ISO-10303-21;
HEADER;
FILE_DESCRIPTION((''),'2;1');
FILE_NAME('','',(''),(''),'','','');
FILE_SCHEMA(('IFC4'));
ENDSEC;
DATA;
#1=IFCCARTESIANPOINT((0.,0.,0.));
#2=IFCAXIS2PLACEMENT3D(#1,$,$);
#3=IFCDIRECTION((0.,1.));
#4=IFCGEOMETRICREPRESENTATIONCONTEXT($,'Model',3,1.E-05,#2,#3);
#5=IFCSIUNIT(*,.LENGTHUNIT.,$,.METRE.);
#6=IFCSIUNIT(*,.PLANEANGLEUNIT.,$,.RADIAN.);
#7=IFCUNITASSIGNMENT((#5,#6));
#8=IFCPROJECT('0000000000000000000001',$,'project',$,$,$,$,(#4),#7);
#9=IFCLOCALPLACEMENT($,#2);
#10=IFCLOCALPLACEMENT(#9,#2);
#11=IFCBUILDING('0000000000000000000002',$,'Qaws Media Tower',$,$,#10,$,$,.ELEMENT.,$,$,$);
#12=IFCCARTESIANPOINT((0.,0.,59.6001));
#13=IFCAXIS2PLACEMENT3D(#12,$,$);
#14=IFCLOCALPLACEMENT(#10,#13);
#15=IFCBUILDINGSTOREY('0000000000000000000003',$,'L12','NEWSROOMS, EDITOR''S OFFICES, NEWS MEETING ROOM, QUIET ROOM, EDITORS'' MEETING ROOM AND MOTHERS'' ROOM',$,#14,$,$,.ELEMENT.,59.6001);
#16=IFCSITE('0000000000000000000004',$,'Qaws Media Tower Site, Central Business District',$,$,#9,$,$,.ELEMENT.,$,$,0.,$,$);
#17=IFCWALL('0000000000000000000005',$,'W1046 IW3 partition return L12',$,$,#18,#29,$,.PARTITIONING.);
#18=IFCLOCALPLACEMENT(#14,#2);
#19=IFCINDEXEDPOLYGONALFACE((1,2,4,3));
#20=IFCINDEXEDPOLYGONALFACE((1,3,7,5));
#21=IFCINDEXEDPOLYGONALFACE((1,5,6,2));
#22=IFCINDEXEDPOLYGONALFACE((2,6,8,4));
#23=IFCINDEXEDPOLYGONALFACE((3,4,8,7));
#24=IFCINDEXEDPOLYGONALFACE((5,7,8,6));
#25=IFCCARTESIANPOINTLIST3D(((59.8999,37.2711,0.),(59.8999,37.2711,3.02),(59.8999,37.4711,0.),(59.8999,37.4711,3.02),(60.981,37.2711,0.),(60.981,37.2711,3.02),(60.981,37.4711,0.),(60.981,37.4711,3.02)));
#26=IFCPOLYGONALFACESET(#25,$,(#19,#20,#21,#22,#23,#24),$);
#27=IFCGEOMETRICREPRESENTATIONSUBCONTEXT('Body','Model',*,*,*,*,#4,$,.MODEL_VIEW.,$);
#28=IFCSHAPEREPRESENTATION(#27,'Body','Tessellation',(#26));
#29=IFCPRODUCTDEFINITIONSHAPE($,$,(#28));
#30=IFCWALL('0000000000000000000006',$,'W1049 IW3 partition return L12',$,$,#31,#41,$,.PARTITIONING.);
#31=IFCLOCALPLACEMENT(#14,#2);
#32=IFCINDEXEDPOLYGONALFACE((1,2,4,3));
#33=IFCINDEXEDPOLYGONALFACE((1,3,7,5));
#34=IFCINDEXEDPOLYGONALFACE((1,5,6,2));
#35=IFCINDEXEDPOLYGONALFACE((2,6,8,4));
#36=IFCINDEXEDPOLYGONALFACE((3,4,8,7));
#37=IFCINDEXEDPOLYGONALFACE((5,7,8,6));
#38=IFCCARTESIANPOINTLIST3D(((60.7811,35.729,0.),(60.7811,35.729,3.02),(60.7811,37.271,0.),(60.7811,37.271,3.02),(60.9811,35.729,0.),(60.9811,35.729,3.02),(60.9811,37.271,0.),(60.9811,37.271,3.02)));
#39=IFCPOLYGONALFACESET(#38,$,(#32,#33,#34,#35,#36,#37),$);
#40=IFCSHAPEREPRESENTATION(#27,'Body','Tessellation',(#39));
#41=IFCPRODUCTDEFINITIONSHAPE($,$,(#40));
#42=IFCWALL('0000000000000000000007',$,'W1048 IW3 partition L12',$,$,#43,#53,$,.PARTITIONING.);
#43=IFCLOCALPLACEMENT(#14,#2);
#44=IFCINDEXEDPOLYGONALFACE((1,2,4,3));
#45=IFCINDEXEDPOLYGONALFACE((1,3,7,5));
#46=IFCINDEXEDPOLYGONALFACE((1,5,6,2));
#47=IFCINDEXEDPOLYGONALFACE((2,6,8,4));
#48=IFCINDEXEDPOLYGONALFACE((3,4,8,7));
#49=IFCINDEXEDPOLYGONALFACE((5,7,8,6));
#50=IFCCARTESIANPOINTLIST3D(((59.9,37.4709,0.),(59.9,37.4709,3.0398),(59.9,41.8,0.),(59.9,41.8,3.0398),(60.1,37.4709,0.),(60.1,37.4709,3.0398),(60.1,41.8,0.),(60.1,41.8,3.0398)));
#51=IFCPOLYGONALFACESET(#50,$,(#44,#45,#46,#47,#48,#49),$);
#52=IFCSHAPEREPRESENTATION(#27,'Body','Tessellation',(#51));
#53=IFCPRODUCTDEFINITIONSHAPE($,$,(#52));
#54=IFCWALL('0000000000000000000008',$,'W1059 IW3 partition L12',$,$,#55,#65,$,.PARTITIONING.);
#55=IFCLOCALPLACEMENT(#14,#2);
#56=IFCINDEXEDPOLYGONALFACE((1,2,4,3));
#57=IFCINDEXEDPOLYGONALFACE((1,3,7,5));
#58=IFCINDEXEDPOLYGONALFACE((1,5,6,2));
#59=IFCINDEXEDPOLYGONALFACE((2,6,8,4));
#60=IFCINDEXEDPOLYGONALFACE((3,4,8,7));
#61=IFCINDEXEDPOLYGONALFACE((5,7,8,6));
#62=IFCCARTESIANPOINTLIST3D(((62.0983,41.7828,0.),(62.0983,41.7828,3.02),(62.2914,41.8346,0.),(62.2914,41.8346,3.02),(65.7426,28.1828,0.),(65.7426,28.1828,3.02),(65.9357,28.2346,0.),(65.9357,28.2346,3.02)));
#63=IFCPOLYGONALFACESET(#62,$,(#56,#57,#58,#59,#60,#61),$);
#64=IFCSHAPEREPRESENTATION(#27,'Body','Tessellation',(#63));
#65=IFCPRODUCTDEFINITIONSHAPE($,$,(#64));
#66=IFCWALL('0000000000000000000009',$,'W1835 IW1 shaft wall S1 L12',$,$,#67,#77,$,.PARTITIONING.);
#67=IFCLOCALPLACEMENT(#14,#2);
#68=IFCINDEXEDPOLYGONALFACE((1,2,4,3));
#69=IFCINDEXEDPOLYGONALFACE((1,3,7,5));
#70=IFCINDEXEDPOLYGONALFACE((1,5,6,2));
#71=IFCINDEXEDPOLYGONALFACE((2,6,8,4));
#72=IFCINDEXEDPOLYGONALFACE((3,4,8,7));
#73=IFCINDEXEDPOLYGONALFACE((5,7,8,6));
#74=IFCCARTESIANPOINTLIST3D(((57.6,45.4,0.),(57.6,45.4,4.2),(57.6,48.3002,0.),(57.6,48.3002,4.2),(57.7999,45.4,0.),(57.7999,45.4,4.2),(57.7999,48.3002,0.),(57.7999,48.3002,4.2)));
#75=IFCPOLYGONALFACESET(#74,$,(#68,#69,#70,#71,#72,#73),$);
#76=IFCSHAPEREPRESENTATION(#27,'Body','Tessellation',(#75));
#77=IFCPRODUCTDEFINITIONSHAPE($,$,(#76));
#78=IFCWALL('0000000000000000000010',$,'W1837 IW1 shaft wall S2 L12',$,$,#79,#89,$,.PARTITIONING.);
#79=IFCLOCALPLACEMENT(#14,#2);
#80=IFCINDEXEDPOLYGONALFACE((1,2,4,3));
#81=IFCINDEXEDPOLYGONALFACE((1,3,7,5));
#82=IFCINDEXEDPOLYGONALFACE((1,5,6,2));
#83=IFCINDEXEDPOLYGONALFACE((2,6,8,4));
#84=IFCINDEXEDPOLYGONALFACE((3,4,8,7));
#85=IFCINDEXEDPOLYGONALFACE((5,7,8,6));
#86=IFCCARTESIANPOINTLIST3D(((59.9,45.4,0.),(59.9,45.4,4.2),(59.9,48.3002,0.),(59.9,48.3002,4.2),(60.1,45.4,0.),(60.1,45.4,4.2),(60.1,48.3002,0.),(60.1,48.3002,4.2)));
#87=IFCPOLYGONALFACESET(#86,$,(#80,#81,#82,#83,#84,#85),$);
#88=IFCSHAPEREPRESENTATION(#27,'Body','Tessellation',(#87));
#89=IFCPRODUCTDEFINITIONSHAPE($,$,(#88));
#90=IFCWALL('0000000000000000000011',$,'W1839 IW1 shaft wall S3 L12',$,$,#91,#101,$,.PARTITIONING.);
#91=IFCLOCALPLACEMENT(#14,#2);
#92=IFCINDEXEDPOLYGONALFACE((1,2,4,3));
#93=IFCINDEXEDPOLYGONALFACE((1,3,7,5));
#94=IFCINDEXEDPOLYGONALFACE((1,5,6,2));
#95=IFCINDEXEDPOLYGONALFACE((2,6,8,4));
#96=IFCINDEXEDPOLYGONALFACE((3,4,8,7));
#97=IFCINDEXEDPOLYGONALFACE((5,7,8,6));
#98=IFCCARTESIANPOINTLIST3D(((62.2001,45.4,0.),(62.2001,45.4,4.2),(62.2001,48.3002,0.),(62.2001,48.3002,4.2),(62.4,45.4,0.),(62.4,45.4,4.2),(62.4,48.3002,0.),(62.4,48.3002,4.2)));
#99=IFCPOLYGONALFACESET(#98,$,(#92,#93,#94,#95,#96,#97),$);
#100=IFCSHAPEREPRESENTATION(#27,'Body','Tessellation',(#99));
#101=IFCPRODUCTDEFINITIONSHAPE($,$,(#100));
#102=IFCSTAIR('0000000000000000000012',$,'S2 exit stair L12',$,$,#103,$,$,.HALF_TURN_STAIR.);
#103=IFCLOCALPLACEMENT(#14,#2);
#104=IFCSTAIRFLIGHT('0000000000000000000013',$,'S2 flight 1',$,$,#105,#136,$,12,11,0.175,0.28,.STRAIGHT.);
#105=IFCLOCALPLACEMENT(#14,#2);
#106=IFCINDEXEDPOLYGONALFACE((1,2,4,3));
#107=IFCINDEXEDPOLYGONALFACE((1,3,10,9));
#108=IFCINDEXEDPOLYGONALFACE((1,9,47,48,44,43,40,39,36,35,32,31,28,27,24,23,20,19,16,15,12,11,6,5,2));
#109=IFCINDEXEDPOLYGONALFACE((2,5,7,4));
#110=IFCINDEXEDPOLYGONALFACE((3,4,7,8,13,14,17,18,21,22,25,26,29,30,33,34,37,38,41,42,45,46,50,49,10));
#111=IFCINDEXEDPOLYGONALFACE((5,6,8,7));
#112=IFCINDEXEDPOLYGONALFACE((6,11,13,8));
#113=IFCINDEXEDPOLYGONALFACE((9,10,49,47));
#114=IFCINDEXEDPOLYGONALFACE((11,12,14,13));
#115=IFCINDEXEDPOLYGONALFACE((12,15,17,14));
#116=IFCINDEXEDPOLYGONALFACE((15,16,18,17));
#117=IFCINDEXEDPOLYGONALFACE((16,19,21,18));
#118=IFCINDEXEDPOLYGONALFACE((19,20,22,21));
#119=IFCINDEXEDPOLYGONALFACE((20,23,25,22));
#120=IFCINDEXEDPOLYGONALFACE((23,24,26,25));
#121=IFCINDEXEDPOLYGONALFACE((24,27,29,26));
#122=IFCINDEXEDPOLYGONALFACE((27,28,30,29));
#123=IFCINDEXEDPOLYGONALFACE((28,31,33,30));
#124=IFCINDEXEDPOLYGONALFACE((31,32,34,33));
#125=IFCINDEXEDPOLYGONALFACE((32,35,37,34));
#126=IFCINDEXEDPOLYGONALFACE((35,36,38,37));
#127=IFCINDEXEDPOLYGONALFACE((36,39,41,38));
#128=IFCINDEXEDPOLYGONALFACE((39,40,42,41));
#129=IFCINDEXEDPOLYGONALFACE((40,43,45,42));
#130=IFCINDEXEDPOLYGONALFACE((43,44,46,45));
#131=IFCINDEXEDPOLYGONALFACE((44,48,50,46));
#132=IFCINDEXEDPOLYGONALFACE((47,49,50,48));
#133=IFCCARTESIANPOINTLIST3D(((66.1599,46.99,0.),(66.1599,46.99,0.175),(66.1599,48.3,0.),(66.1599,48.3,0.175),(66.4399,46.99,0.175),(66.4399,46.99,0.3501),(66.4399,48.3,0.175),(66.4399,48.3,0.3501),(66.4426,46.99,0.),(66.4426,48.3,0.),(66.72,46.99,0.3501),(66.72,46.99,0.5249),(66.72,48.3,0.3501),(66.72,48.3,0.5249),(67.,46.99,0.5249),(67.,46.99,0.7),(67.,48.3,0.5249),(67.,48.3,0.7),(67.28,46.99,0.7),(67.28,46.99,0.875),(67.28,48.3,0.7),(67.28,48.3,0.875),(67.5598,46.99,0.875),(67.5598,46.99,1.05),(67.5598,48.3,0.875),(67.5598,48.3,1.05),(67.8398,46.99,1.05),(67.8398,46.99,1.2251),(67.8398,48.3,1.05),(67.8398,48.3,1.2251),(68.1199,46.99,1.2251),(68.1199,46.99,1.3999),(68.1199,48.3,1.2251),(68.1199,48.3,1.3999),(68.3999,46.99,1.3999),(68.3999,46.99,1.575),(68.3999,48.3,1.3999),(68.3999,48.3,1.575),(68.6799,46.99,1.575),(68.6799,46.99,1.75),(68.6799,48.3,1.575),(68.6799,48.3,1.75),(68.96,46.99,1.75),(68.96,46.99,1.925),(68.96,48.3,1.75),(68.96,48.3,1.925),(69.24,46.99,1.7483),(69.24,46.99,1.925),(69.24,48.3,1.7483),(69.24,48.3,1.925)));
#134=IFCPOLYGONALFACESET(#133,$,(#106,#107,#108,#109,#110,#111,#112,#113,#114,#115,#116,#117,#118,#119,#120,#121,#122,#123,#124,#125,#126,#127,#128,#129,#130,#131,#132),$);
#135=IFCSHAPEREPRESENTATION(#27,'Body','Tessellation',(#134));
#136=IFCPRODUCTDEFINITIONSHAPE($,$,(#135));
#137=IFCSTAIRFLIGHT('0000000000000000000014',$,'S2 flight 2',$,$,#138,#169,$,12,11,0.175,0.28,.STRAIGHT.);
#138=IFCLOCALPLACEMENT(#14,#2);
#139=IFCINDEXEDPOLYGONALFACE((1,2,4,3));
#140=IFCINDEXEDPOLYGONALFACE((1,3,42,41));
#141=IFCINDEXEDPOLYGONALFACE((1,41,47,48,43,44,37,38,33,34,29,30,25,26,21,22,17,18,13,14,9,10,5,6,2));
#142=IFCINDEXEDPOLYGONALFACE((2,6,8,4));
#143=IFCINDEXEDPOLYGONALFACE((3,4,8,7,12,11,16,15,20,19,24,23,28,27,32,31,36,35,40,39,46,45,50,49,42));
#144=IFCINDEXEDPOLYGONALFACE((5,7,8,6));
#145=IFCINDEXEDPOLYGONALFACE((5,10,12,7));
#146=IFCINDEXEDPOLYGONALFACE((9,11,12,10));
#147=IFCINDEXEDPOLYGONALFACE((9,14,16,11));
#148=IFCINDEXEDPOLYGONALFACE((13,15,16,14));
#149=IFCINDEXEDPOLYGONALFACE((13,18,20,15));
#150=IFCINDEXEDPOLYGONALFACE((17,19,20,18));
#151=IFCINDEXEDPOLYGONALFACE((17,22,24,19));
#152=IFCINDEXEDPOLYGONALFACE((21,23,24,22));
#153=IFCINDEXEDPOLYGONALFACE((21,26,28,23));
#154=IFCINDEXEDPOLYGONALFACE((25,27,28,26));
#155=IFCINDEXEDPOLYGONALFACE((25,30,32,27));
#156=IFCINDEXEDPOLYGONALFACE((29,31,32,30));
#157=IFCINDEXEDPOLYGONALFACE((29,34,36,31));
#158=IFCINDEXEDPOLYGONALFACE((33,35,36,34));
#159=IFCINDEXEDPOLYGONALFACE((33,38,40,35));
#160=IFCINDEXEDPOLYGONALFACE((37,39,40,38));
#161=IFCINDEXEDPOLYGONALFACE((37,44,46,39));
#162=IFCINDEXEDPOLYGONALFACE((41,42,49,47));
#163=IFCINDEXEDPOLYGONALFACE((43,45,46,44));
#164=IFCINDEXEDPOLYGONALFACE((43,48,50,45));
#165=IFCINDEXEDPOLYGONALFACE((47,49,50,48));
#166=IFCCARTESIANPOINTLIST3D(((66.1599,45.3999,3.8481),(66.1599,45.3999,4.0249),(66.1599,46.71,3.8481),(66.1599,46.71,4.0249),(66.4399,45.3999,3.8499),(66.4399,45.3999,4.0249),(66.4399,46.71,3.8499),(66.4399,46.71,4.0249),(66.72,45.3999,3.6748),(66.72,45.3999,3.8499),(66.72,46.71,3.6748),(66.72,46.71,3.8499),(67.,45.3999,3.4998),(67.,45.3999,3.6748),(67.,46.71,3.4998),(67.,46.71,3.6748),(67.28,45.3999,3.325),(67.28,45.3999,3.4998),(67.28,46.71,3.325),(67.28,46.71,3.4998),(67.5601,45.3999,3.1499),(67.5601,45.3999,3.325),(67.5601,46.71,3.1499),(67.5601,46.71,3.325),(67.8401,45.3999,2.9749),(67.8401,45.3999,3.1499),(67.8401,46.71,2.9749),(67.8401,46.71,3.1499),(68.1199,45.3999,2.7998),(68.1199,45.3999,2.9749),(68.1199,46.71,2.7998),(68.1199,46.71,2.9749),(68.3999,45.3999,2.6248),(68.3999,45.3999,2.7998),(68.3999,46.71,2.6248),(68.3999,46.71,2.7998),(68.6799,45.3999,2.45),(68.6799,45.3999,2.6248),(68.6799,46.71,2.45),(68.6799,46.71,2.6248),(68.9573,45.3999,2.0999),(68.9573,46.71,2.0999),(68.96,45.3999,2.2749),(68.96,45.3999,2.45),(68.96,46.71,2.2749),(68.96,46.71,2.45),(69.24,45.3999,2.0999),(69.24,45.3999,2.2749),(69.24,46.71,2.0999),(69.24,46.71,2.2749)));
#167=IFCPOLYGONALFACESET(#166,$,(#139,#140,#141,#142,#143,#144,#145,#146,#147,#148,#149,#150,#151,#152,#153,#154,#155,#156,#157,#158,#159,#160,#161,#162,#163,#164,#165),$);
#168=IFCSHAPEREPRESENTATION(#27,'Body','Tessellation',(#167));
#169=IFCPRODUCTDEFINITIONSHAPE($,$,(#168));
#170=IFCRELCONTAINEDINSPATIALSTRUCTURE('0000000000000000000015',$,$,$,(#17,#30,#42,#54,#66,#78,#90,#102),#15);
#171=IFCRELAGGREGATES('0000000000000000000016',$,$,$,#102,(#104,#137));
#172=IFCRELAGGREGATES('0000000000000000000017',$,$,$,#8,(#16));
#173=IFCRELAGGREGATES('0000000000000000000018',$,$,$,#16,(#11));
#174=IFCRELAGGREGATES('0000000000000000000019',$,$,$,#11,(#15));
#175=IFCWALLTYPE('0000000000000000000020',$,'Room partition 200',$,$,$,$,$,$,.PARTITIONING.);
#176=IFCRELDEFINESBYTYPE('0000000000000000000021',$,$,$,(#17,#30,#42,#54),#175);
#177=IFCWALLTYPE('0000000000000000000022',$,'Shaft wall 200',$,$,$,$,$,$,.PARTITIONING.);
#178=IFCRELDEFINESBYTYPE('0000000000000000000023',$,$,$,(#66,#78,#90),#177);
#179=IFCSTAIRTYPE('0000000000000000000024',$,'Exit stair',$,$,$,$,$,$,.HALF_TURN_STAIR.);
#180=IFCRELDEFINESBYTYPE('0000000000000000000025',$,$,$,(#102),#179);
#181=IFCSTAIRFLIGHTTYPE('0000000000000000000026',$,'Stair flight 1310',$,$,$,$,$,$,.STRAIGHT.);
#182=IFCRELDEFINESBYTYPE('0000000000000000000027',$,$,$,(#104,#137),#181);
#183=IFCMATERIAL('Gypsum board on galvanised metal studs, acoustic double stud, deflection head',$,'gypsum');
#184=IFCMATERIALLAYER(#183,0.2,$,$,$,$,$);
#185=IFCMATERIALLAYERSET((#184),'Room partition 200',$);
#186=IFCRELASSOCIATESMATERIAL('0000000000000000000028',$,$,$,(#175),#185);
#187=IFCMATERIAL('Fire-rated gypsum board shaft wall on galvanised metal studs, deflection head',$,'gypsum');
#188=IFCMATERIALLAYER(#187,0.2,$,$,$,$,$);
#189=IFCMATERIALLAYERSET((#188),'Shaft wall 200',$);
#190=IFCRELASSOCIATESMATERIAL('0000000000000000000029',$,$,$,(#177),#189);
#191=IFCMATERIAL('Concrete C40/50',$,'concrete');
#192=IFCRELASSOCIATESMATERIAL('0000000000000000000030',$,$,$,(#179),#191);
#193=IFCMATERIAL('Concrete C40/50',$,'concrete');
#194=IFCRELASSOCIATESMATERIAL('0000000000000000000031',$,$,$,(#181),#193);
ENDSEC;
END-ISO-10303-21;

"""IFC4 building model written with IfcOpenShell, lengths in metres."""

from ifc_helpers import new_model, si_unit, direction, frame, frame_2d, origin, place, context, subcontext, project, spatial, polyline, rectangle, outline, extrude, material, layer, layer_set, type_object, element, aggregate, save


model = new_model("IFC4")

# Units and contexts
model_context = context("Model", 3, precision=1e-05, world=origin(), true_north=direction((0.0, 1.0)))
body_context = subcontext(model_context, "Body", "Model", "MODEL_VIEW")
ifc_project = project(units=[si_unit("LENGTHUNIT", "METRE"), si_unit("PLANEANGLEUNIT", "RADIAN")], contexts=[model_context])

# Site, building, storey
site_placement = place(None, origin())
site = spatial("IfcSite", under=ifc_project, at=site_placement, Name="Qaws Media Tower Site, Central Business District", CompositionType="ELEMENT", RefElevation=0.0)
building_placement = place(site_placement, origin())
building = spatial("IfcBuilding", under=site, at=building_placement, Name="Qaws Media Tower", CompositionType="ELEMENT")
storey_placement = place(building_placement, frame((0.0, 0.0, 59.6001)))
storey = spatial("IfcBuildingStorey", under=building, at=storey_placement, Name="L12", Description="NEWSROOMS, EDITOR'S OFFICES, NEWS MEETING ROOM, QUIET ROOM, EDITORS' MEETING ROOM AND MOTHERS' ROOM", CompositionType="ELEMENT", Elevation=59.6001)

# Shared definitions
ifc_material_1 = material(Name="Gypsum board on galvanised metal studs, acoustic double stud, deflection head", Category="gypsum")
ifc_layer_1 = layer(ifc_material_1, 0.2)
ifc_layer_set_1 = layer_set([ifc_layer_1], Name="Room partition 200")
wall_type_1 = type_object("IfcWallType", Name="Room partition 200", PredefinedType="PARTITIONING", material=ifc_layer_set_1)

# Walls
wall_1_placement = place(storey_placement, frame((59.8999, 37.3711, 0.0), z_axis=(0.0, 0.0, 1.0), x_axis=(1.0, 0.0, 0.0)))
element("IfcWall", 1, at=wall_1_placement, inside=storey, type_object=wall_type_1, Name="W1046 IW3 partition return L12", PredefinedType="PARTITIONING", context=body_context, shape_type="SweptSolid", body=[
    extrude(rectangle(XDim=1.0811, YDim=0.2, at=frame_2d((0.5405, 0.0))), origin(), (0.0, 0.0, 1.0), 3.02),
])
wall_2_placement = place(storey_placement, frame((60.8811, 37.271, 0.0), z_axis=(0.0, 0.0, 1.0), x_axis=(0.0, -1.0, 0.0)))
element("IfcWall", 2, at=wall_2_placement, inside=storey, type_object=wall_type_1, Name="W1049 IW3 partition return L12", PredefinedType="PARTITIONING", context=body_context, shape_type="SweptSolid", body=[
    extrude(rectangle(XDim=1.542, YDim=0.2, at=frame_2d((0.771, 0.0))), origin(), (0.0, 0.0, 1.0), 3.02),
])
wall_3_placement = place(storey_placement, frame((60.0, 41.8, 0.0), z_axis=(0.0, 0.0, 1.0), x_axis=(0.0, -1.0, 0.0)))
element("IfcWall", 3, at=wall_3_placement, inside=storey, type_object=wall_type_1, Name="W1048 IW3 partition L12", PredefinedType="PARTITIONING", context=body_context, shape_type="SweptSolid", body=[
    extrude(rectangle(XDim=4.3291, YDim=0.2, at=frame_2d((2.1646, 0.0))), origin(), (0.0, 0.0, 1.0), 3.0398),
])
wall_4_placement = place(storey_placement, frame((62.1948, 41.8088, 0.0), z_axis=(0.0, 0.0, 1.0), x_axis=(0.258829, -0.965923, 0.0)))
element("IfcWall", 4, at=wall_4_placement, inside=storey, type_object=wall_type_1, Name="W1059 IW3 partition L12", PredefinedType="PARTITIONING", context=body_context, shape_type="SweptSolid", body=[
    extrude(rectangle(XDim=14.0798, YDim=0.2, at=frame_2d((7.04, 0.0))), origin(), (0.0, 0.0, 1.0), 3.02),
])
ifc_material_2 = material(Name="Fire-rated gypsum board shaft wall on galvanised metal studs, deflection head", Category="gypsum")
ifc_layer_2 = layer(ifc_material_2, 0.2)
ifc_layer_set_2 = layer_set([ifc_layer_2], Name="Shaft wall 200")
wall_type_2 = type_object("IfcWallType", Name="Shaft wall 200", PredefinedType="PARTITIONING", material=ifc_layer_set_2)
for number, where, z_axis, x_axis, name in (
    (5, (57.7, 45.3999, 0.0), (0.0, 0.0, 1.0), (0.0, 1.0, 0.0), "W1835 IW1 shaft wall S1 L12"),
    (6, (60.0, 45.3999, 0.0), (0.0, 0.0, 1.0), (0.0, 1.0, 0.0), "W1837 IW1 shaft wall S2 L12"),
    (7, (62.3, 45.3999, 0.0), (0.0, 0.0, 1.0), (0.0, 1.0, 0.0), "W1839 IW1 shaft wall S3 L12"),
):
    element("IfcWall", number, at=place(storey_placement, frame(where, z_axis=z_axis, x_axis=x_axis)), inside=storey, type_object=wall_type_2, Name=name, PredefinedType="PARTITIONING", context=body_context, shape_type="SweptSolid", body=[
        extrude(rectangle(XDim=2.9001, YDim=0.2, at=frame_2d((1.4502, 0.0))), origin(), (0.0, 0.0, 1.0), 4.2),
    ])

# Stair, stair flights
ifc_material_3 = material(Name="Concrete C40/50", Category="concrete")
stair_type = type_object("IfcStairType", Name="Exit stair", PredefinedType="HALF_TURN_STAIR", material=ifc_material_3)
stair_placement = place(storey_placement, origin())
stair = element("IfcStair", 8, at=stair_placement, inside=storey, type_object=stair_type, Name="S2 exit stair L12", PredefinedType="HALF_TURN_STAIR")
ifc_material_4 = material(Name="Concrete C40/50", Category="concrete")
stair_flight_type = type_object("IfcStairFlightType", Name="Stair flight 1310", PredefinedType="STRAIGHT", material=ifc_material_4)
stair_flight_1_placement = place(storey_placement, frame((66.1599, 47.645, 0.0), z_axis=(0.0, 0.0, 1.0), x_axis=(1.0, 0.0, 0.0)))
stair_flight_1 = element("IfcStairFlight", 9, at=stair_flight_1_placement, type_object=stair_flight_type, Name="S2 flight 1", NumberOfRisers=12, NumberOfTreads=11, PredefinedType="STRAIGHT", RiserHeight=0.175, TreadLength=0.28, context=body_context, shape_type="SweptSolid", body=[
    extrude(outline(polyline([(0.0, 0.0), (0.0, 0.175), (0.28, 0.175), (0.28, 0.3501), (0.5601, 0.3501), (0.5601, 0.5249), (0.8401, 0.5249), (0.8401, 0.7), (1.1201, 0.7), (1.1201, 0.875), (1.3999, 0.875), (1.3999, 1.05), (1.6799, 1.05), (1.6799, 1.2251), (1.96, 1.2251), (1.96, 1.3999), (2.24, 1.3999), (2.24, 1.575), (2.52, 1.575), (2.52, 1.75), (2.8, 1.75), (2.8, 1.925), (3.0801, 1.925), (3.0801, 2.1001), (3.0801, 1.7483), (0.2827, 0.0), (0.0, 0.0)])), frame((0.0, 0.655, 0.0), z_axis=(0.0, -1.0, 0.0), x_axis=(1.0, 0.0, 0.0)), (0.0, 0.0, 1.0), 1.3101),
])
stair_flight_2_placement = place(storey_placement, frame((69.24, 46.0549, 2.0999), z_axis=(0.0, 0.0, 1.0), x_axis=(-1.0, 0.0, 0.0)))
stair_flight_2 = element("IfcStairFlight", 10, at=stair_flight_2_placement, type_object=stair_flight_type, Name="S2 flight 2", NumberOfRisers=12, NumberOfTreads=11, PredefinedType="STRAIGHT", RiserHeight=0.175, TreadLength=0.28, context=body_context, shape_type="SweptSolid", body=[
    extrude(outline(polyline([(0.0, 0.0), (0.0, 0.175), (0.28, 0.175), (0.28, 0.3501), (0.5601, 0.3501), (0.5601, 0.5249), (0.8401, 0.5249), (0.8401, 0.7), (1.1201, 0.7), (1.1201, 0.875), (1.3999, 0.875), (1.3999, 1.05), (1.6799, 1.05), (1.6799, 1.2251), (1.96, 1.2251), (1.96, 1.3999), (2.24, 1.3999), (2.24, 1.575), (2.52, 1.575), (2.52, 1.75), (2.8, 1.75), (2.8, 1.925), (3.0801, 1.925), (3.0801, 2.1001), (3.0801, 1.7483), (0.2827, 0.0), (0.0, 0.0)])), frame((0.0, 0.655, 0.0), z_axis=(0.0, -1.0, 0.0), x_axis=(1.0, 0.0, 0.0)), (0.0, 0.0, 1.0), 1.3101),
])
aggregate(stair, [stair_flight_1, stair_flight_2])

save(model, "model.ifc")
